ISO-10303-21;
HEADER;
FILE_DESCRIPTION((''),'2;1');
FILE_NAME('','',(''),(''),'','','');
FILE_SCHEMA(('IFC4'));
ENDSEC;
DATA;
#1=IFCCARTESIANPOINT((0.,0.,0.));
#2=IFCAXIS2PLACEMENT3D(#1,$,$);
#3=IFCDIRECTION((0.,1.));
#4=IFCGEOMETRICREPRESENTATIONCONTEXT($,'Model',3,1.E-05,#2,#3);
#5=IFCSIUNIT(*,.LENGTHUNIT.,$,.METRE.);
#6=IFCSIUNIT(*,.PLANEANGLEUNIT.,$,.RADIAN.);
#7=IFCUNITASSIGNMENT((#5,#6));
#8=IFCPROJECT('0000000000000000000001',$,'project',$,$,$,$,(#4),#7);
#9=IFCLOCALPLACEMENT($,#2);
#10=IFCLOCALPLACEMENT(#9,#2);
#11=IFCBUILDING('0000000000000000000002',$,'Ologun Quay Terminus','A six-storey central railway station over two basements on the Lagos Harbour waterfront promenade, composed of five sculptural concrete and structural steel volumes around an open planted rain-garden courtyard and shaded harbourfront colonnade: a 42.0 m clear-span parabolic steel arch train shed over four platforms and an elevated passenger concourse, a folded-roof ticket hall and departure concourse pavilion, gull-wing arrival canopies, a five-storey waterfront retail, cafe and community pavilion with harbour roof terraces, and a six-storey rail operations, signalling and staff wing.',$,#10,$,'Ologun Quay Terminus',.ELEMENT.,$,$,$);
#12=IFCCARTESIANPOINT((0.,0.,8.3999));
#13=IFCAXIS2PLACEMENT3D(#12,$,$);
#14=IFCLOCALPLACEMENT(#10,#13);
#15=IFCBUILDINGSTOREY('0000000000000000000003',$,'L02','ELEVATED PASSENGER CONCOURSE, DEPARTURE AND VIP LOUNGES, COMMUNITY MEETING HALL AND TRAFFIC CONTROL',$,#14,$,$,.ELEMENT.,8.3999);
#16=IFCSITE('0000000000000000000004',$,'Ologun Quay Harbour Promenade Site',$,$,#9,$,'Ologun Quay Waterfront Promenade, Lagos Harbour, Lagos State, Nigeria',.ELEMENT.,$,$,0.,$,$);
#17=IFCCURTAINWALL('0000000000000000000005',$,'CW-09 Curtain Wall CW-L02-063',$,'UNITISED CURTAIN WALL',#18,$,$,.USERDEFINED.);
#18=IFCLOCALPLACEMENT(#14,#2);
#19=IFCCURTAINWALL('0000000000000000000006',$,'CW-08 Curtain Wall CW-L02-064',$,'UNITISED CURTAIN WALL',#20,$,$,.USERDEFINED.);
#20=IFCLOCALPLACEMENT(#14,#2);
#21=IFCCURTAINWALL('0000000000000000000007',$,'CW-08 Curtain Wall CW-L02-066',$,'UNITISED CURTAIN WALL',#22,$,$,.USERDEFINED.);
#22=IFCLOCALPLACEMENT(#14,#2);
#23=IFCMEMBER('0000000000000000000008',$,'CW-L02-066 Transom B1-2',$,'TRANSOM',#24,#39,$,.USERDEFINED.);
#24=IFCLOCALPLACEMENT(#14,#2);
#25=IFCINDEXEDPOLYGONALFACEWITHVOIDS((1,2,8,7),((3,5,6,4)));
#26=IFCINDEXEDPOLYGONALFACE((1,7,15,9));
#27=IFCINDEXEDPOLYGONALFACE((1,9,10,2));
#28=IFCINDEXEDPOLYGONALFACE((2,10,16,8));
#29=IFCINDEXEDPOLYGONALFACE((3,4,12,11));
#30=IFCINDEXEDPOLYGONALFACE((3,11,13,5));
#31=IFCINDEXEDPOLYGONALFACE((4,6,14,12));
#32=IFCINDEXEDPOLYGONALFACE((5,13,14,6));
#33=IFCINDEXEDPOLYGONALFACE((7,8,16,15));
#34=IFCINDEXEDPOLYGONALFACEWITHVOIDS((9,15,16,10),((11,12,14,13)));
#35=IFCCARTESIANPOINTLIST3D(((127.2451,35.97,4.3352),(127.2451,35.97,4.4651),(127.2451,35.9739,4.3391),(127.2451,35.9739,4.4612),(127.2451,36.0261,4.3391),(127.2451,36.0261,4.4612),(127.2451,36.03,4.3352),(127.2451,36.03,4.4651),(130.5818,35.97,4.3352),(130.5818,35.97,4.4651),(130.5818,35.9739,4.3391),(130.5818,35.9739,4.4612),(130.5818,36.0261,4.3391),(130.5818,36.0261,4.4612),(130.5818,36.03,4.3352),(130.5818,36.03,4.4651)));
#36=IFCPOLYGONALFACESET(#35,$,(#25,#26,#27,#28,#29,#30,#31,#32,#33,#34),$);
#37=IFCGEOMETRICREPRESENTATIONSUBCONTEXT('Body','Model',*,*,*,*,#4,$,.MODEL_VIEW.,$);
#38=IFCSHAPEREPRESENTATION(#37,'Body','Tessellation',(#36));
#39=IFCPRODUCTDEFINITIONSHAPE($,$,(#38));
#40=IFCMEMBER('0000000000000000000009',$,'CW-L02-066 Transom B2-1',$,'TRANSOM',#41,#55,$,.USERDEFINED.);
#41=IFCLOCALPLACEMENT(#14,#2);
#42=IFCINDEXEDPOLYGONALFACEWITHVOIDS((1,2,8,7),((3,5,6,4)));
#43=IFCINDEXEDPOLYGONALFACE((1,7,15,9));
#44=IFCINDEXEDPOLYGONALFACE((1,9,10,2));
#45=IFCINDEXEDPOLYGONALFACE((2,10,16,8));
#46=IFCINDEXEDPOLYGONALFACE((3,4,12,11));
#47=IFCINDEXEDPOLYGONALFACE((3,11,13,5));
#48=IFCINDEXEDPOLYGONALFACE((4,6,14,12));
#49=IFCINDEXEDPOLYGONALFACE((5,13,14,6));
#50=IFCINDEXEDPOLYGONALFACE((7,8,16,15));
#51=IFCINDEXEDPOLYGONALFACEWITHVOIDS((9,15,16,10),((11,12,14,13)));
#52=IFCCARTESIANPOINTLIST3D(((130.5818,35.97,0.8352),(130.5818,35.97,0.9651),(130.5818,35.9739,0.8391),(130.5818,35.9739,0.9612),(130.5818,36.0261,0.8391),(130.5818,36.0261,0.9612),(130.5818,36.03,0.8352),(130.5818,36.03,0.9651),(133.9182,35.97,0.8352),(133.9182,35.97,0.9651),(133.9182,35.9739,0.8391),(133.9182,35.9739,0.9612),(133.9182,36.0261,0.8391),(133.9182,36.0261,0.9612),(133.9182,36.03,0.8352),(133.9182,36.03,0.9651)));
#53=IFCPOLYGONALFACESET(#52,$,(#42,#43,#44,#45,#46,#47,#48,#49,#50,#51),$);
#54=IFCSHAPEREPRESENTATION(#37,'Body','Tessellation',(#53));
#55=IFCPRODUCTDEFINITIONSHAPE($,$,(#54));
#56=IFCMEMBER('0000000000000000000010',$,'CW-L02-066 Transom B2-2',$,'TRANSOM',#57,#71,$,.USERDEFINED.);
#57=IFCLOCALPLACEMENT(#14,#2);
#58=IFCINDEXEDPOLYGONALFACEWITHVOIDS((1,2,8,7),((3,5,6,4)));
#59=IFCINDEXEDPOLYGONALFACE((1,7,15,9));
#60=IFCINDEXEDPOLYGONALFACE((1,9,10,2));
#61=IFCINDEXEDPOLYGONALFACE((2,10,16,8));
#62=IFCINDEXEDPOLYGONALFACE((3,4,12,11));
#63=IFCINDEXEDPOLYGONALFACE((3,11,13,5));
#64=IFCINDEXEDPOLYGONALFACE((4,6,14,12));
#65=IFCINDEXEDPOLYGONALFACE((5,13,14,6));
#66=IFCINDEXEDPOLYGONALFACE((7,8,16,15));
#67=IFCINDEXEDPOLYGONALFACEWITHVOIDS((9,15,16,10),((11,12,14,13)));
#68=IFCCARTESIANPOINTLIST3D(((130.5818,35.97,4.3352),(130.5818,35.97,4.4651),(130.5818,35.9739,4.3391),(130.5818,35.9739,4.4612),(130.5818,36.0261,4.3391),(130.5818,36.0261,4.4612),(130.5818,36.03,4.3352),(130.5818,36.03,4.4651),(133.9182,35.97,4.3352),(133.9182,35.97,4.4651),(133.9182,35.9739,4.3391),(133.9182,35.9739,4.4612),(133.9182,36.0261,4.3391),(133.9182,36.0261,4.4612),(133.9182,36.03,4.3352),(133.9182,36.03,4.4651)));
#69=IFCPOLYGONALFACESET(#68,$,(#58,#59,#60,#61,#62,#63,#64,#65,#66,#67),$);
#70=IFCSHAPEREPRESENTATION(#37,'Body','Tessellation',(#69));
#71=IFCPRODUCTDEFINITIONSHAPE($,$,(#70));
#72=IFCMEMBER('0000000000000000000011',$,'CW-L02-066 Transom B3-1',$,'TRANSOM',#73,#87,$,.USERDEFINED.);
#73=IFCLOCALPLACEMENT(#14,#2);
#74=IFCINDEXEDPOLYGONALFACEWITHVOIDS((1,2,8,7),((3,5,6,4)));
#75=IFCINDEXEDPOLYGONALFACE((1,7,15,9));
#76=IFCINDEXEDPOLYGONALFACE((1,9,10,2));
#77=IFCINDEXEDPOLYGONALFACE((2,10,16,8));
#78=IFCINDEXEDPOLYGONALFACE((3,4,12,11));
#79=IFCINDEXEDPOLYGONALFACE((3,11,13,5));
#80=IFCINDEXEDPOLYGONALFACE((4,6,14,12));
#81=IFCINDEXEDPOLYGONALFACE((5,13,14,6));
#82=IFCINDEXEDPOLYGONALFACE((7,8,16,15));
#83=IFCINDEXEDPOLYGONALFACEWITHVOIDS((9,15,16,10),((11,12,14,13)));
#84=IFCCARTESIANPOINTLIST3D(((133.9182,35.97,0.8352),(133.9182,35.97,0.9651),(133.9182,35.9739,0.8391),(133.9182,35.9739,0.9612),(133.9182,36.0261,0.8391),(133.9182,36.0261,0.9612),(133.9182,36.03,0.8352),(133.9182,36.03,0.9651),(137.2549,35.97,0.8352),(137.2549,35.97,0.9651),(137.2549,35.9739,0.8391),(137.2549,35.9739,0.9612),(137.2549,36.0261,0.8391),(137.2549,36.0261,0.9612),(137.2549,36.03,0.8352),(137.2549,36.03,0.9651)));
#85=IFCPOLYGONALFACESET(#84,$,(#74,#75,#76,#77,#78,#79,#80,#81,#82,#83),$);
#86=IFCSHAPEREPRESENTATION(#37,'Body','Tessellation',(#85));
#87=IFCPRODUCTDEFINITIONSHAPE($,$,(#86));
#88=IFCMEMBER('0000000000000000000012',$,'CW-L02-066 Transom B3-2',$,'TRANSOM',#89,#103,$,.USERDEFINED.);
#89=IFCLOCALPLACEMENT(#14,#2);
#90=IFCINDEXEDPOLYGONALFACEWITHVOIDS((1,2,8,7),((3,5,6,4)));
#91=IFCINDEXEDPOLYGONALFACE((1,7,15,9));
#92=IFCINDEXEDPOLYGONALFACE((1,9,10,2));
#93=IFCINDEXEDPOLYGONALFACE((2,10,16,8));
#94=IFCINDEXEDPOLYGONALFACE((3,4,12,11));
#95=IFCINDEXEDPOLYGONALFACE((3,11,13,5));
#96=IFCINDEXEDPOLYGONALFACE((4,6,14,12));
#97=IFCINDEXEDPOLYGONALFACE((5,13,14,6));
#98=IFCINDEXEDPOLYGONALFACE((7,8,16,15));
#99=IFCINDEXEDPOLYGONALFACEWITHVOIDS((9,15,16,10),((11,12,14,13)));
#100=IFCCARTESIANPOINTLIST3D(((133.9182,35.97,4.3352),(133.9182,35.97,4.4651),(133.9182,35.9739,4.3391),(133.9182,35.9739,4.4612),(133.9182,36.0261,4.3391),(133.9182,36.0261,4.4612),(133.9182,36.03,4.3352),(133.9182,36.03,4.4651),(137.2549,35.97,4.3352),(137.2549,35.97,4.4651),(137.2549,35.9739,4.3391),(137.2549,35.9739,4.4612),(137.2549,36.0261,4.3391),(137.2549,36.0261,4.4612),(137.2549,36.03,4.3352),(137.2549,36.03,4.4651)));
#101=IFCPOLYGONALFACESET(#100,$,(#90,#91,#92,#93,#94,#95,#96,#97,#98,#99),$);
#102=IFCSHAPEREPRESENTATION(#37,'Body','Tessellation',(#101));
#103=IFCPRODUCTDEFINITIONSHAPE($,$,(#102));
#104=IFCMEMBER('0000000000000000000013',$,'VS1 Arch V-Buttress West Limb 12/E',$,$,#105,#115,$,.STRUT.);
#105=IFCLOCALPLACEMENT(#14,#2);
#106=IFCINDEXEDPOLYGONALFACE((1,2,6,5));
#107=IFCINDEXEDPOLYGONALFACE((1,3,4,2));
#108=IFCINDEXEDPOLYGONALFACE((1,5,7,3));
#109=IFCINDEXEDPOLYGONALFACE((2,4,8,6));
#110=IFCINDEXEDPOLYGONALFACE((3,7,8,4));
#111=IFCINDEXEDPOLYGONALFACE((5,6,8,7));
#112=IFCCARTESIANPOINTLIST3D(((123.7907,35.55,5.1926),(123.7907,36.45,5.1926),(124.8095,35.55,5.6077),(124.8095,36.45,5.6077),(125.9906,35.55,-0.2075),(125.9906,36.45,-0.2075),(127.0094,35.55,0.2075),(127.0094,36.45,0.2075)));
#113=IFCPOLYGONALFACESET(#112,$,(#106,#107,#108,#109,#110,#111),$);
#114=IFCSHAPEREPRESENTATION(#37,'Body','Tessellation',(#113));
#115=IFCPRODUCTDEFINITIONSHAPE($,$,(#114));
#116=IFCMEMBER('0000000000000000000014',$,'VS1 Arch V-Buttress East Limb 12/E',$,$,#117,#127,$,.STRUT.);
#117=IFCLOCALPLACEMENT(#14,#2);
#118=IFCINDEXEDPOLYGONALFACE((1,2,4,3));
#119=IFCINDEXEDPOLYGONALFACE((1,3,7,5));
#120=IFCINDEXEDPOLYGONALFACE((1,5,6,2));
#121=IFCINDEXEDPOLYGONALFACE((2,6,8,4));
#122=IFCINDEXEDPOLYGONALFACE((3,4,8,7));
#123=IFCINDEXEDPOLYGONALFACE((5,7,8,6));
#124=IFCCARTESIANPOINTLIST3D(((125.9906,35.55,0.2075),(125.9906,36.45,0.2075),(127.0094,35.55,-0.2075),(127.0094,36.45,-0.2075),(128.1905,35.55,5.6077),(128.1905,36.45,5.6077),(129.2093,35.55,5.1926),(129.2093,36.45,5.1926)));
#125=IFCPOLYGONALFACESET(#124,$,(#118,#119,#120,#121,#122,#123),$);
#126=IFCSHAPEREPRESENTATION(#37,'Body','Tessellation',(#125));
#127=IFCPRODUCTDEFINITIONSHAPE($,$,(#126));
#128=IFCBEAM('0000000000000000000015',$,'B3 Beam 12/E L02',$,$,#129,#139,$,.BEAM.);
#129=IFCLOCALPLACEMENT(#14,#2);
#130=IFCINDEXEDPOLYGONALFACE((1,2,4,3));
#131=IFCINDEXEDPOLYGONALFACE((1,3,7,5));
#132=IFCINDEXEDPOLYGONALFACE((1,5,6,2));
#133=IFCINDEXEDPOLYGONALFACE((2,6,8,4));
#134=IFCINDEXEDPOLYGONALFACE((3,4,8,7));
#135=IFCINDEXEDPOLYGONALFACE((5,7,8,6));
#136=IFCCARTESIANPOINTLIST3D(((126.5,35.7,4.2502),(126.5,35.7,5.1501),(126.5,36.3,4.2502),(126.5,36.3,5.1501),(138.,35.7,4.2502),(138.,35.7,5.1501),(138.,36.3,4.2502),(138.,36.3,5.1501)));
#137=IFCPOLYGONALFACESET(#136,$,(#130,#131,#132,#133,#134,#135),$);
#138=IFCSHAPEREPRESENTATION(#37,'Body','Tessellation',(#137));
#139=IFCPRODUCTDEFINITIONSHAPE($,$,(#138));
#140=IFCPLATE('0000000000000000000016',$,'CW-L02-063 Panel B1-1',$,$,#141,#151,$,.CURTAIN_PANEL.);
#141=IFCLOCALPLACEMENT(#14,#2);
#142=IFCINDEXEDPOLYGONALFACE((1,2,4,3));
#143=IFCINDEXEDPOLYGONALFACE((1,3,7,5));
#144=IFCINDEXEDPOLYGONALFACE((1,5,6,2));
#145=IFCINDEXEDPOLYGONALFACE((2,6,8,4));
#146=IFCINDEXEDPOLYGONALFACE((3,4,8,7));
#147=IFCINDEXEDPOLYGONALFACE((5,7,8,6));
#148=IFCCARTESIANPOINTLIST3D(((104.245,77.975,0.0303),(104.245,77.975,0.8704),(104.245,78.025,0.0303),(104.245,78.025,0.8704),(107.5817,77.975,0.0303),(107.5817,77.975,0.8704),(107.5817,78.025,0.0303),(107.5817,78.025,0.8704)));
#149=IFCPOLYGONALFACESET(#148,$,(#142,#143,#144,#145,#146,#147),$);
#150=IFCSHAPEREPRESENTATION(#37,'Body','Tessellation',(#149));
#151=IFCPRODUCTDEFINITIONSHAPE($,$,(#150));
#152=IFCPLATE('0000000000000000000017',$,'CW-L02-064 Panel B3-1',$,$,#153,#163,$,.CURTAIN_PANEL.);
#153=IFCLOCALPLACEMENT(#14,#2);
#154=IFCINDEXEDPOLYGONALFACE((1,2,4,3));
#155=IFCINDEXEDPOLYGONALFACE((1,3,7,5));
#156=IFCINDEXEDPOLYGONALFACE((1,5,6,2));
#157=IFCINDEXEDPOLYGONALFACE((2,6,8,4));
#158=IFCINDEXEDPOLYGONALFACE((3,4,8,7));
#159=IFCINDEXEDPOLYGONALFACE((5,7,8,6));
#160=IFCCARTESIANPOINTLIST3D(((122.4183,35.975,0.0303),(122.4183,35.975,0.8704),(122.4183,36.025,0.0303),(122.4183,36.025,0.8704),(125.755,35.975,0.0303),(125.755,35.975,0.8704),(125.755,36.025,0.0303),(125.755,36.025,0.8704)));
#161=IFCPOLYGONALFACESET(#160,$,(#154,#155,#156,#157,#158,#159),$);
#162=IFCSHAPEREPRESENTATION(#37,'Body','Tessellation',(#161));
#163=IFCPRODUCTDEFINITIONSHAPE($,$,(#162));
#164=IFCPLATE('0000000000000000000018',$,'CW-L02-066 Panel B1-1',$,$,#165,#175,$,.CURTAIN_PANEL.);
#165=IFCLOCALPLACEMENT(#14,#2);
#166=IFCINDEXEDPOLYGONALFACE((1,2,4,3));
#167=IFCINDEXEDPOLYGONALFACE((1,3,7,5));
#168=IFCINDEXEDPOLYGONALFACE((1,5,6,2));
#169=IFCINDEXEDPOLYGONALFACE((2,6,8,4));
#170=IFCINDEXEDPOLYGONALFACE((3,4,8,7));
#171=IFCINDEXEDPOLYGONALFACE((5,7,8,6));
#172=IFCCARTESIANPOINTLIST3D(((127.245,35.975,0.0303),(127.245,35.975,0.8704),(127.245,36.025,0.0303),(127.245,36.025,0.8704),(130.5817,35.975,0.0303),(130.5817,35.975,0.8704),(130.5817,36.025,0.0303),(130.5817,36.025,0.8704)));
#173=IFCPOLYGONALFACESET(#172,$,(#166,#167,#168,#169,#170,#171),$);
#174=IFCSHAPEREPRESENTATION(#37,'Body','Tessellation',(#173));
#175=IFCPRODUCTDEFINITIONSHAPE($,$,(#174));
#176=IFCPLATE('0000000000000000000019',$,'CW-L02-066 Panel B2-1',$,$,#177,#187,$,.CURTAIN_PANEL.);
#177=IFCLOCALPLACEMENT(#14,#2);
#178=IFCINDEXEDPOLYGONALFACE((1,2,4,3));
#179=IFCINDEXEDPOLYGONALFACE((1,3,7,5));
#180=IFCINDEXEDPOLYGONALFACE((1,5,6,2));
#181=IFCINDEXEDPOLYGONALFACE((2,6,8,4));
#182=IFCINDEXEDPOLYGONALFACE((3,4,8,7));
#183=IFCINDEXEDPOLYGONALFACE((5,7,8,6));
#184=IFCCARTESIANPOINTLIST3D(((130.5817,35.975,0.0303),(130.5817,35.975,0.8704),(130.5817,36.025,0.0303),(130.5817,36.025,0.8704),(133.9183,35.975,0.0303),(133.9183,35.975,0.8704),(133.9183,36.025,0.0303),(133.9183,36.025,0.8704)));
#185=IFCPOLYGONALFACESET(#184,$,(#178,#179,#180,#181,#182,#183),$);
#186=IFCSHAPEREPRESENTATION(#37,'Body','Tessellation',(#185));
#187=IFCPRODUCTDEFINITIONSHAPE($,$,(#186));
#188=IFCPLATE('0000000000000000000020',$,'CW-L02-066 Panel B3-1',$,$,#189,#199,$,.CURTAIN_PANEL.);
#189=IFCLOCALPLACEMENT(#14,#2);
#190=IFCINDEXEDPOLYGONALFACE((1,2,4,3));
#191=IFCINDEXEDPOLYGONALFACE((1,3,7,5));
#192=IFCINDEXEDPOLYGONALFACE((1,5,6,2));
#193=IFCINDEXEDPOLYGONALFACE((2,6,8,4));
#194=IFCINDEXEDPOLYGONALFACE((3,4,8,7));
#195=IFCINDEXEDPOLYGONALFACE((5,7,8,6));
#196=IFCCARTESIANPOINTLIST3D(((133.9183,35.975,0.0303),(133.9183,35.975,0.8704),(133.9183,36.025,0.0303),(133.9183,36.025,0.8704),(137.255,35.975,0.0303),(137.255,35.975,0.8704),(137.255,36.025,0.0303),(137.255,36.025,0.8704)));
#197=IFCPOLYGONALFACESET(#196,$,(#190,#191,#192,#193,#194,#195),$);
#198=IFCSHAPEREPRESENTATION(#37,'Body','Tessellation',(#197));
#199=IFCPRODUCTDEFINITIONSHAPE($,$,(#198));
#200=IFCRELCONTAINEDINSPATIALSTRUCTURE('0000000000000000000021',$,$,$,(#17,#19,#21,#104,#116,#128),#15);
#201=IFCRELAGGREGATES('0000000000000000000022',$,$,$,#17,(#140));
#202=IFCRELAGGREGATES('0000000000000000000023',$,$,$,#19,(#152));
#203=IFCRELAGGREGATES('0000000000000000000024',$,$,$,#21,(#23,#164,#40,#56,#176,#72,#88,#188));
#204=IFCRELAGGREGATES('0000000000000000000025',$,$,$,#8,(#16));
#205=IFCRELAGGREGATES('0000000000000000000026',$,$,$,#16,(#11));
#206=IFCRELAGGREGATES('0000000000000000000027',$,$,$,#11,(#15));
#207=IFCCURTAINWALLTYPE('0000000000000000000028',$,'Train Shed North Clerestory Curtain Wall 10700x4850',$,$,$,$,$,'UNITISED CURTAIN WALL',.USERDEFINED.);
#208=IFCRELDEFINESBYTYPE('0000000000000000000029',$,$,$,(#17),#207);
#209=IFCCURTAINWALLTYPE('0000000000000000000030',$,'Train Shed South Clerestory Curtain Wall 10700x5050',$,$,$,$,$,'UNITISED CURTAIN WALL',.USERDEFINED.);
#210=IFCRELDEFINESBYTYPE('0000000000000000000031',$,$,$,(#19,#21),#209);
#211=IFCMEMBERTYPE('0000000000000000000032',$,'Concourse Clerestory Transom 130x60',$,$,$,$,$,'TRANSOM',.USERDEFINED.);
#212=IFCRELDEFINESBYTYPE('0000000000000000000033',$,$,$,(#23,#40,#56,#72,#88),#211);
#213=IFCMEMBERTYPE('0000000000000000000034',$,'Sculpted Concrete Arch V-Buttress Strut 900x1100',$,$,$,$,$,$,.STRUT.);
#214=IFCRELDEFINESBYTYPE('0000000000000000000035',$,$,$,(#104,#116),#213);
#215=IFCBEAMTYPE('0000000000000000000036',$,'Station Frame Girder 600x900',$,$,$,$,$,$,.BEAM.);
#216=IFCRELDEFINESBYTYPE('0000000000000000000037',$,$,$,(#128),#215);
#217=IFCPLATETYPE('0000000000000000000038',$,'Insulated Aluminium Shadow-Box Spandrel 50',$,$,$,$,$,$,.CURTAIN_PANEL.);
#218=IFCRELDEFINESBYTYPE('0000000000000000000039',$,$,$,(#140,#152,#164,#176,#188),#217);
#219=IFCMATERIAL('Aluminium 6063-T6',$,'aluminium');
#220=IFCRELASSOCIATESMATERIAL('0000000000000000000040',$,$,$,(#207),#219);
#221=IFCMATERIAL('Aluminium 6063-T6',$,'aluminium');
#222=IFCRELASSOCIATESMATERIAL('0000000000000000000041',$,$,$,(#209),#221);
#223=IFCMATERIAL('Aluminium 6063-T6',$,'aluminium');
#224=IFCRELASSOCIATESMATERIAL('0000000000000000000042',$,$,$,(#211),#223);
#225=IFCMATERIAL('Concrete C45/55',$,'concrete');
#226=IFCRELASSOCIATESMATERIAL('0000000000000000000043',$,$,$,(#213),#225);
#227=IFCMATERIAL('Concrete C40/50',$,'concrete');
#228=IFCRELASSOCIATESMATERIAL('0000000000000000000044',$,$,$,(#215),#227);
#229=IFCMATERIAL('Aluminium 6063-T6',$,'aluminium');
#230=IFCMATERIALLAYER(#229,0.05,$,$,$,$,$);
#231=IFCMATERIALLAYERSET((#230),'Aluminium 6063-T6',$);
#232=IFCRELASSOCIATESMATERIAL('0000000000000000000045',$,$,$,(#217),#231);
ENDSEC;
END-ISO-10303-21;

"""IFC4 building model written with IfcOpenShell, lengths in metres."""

from ifc_helpers import new_model, si_unit, direction, frame, origin, origin_2d, place, context, subcontext, project, spatial, rectangle, hollow_rectangle, extrude, material, layer, layer_set, material_profile, profile_set, type_object, element, aggregate, save


model = new_model("IFC4")

# Units and contexts
model_context = context("Model", 3, precision=1e-05, world=origin(), true_north=direction((0.0, 1.0)))
body_context = subcontext(model_context, "Body", "Model", "MODEL_VIEW")
ifc_project = project(units=[si_unit("LENGTHUNIT", "METRE"), si_unit("PLANEANGLEUNIT", "RADIAN")], contexts=[model_context])

# Site, building, storey
site_placement = place(None, origin())
site = spatial("IfcSite", under=ifc_project, at=site_placement, Name="Ologun Quay Harbour Promenade Site", LongName="Ologun Quay Waterfront Promenade, Lagos Harbour, Lagos State, Nigeria", CompositionType="ELEMENT", RefElevation=0.0)
building_placement = place(site_placement, origin())
building = spatial("IfcBuilding", under=site, at=building_placement, Name="Ologun Quay Terminus", Description="A six-storey central railway station over two basements on the Lagos Harbour waterfront promenade, composed of five sculptural concrete and structural steel volumes around an open planted rain-garden courtyard and shaded harbourfront colonnade: a 42.0 m clear-span parabolic steel arch train shed over four platforms and an elevated passenger concourse, a folded-roof ticket hall and departure concourse pavilion, gull-wing arrival canopies, a five-storey waterfront retail, cafe and community pavilion with harbour roof terraces, and a six-storey rail operations, signalling and staff wing.", LongName="Ologun Quay Terminus", CompositionType="ELEMENT")
storey_placement = place(building_placement, frame((0.0, 0.0, 8.3999)))
storey = spatial("IfcBuildingStorey", under=building, at=storey_placement, Name="L02", Description="ELEVATED PASSENGER CONCOURSE, DEPARTURE AND VIP LOUNGES, COMMUNITY MEETING HALL AND TRAFFIC CONTROL", CompositionType="ELEMENT", Elevation=8.3999)

# Curtain wall
ifc_material_1 = material(Name="Aluminium 6063-T6", Category="aluminium")
curtain_wall_type_1 = type_object("IfcCurtainWallType", Name="Train Shed North Clerestory Curtain Wall 10700x4850", ElementType="UNITISED CURTAIN WALL", PredefinedType="USERDEFINED", material=ifc_material_1)
curtain_wall_1_placement = place(storey_placement, origin())
curtain_wall_1 = element("IfcCurtainWall", 1, at=curtain_wall_1_placement, inside=storey, type_object=curtain_wall_type_1, Name="CW-09 Curtain Wall CW-L02-063", ObjectType="UNITISED CURTAIN WALL", PredefinedType="USERDEFINED")

# Curtain walls
ifc_material_2 = material(Name="Aluminium 6063-T6", Category="aluminium")
curtain_wall_type_2 = type_object("IfcCurtainWallType", Name="Train Shed South Clerestory Curtain Wall 10700x5050", ElementType="UNITISED CURTAIN WALL", PredefinedType="USERDEFINED", material=ifc_material_2)
curtain_wall_2_placement = place(storey_placement, origin())
curtain_wall_2 = element("IfcCurtainWall", 2, at=curtain_wall_2_placement, inside=storey, type_object=curtain_wall_type_2, Name="CW-08 Curtain Wall CW-L02-064", ObjectType="UNITISED CURTAIN WALL", PredefinedType="USERDEFINED")
curtain_wall_3_placement = place(storey_placement, origin())
curtain_wall_3 = element("IfcCurtainWall", 3, at=curtain_wall_3_placement, inside=storey, type_object=curtain_wall_type_2, Name="CW-08 Curtain Wall CW-L02-066", ObjectType="UNITISED CURTAIN WALL", PredefinedType="USERDEFINED")

# Members
ifc_material_3 = material(Name="Aluminium 6063-T6", Category="aluminium")
ifc_material_profile_1 = material_profile(ifc_material_3, hollow_rectangle(XDim=0.0601, YDim=0.1299, WallThickness=0.0039, at=origin_2d()), Name="ALU 130x60x4")
ifc_profile_set_1 = profile_set([ifc_material_profile_1], Name="Aluminium 6063-T6")
member_type_1 = type_object("IfcMemberType", Name="Concourse Clerestory Transom 130x60", ElementType="TRANSOM", PredefinedType="USERDEFINED", material=ifc_profile_set_1)
member_1_placement = place(storey_placement, frame((127.2451, 36.0, 4.4001), z_axis=(1.0, 0.0, 0.0), x_axis=(0.0, 1.0, 0.0)))
member_1 = element("IfcMember", 4, at=member_1_placement, type_object=member_type_1, Name="CW-L02-066 Transom B1-2", ObjectType="TRANSOM", PredefinedType="USERDEFINED", context=body_context, shape_type="SweptSolid", body=[
    extrude(hollow_rectangle(XDim=0.0601, YDim=0.1299, WallThickness=0.0039, at=origin_2d()), origin(), (0.0, 0.0, 1.0), 3.3367),
])
member_2_placement = place(storey_placement, frame((130.5818, 36.0, 0.9001), z_axis=(1.0, 0.0, 0.0), x_axis=(0.0, 1.0, 0.0)))
member_2 = element("IfcMember", 5, at=member_2_placement, type_object=member_type_1, Name="CW-L02-066 Transom B2-1", ObjectType="TRANSOM", PredefinedType="USERDEFINED", context=body_context, shape_type="SweptSolid", body=[
    extrude(hollow_rectangle(XDim=0.0601, YDim=0.1299, WallThickness=0.0039, at=origin_2d()), origin(), (0.0, 0.0, 1.0), 3.3364),
])
member_3_placement = place(storey_placement, frame((130.5818, 36.0, 4.4001), z_axis=(1.0, 0.0, 0.0), x_axis=(0.0, 1.0, 0.0)))
member_3 = element("IfcMember", 6, at=member_3_placement, type_object=member_type_1, Name="CW-L02-066 Transom B2-2", ObjectType="TRANSOM", PredefinedType="USERDEFINED", context=body_context, shape_type="SweptSolid", body=[
    extrude(hollow_rectangle(XDim=0.0601, YDim=0.1299, WallThickness=0.0039, at=origin_2d()), origin(), (0.0, 0.0, 1.0), 3.3364),
])
member_4_placement = place(storey_placement, frame((133.9182, 36.0, 0.9001), z_axis=(1.0, 0.0, 0.0), x_axis=(0.0, 1.0, 0.0)))
member_4 = element("IfcMember", 7, at=member_4_placement, type_object=member_type_1, Name="CW-L02-066 Transom B3-1", ObjectType="TRANSOM", PredefinedType="USERDEFINED", context=body_context, shape_type="SweptSolid", body=[
    extrude(hollow_rectangle(XDim=0.0601, YDim=0.1299, WallThickness=0.0039, at=origin_2d()), origin(), (0.0, 0.0, 1.0), 3.3367),
])
member_5_placement = place(storey_placement, frame((133.9182, 36.0, 4.4001), z_axis=(1.0, 0.0, 0.0), x_axis=(0.0, 1.0, 0.0)))
member_5 = element("IfcMember", 8, at=member_5_placement, type_object=member_type_1, Name="CW-L02-066 Transom B3-2", ObjectType="TRANSOM", PredefinedType="USERDEFINED", context=body_context, shape_type="SweptSolid", body=[
    extrude(hollow_rectangle(XDim=0.0601, YDim=0.1299, WallThickness=0.0039, at=origin_2d()), origin(), (0.0, 0.0, 1.0), 3.3367),
])

# Members
ifc_material_4 = material(Name="Concrete C45/55", Category="concrete")
ifc_material_profile_2 = material_profile(ifc_material_4, rectangle(XDim=0.8999, YDim=1.1001, at=origin_2d()), Name="RC 900x1100")
ifc_profile_set_2 = profile_set([ifc_material_profile_2], Name="Concrete C45/55")
member_type_2 = type_object("IfcMemberType", Name="Sculpted Concrete Arch V-Buttress Strut 900x1100", PredefinedType="STRUT", material=ifc_profile_set_2)
for number, where, z_axis, x_axis, name in (
    (9, (126.5, 36.0, 0.0), (-0.377281, 0.0, 0.926099), (0.0, -1.0, 0.0), "VS1 Arch V-Buttress West Limb 12/E"),
    (10, (126.5, 36.0, 0.0), (0.377281, 0.0, 0.926099), (0.0, 1.0, 0.0), "VS1 Arch V-Buttress East Limb 12/E"),
):
    element("IfcMember", number, at=place(storey_placement, frame(where, z_axis=z_axis, x_axis=x_axis)), inside=storey, type_object=member_type_2, Name=name, PredefinedType="STRUT", context=body_context, shape_type="SweptSolid", body=[
        extrude(rectangle(XDim=0.8999, YDim=1.1001, at=origin_2d()), origin(), (0.0, 0.0, 1.0), 5.8311),
    ])

# Beam
ifc_material_5 = material(Name="Concrete C40/50", Category="concrete")
ifc_material_profile_3 = material_profile(ifc_material_5, rectangle(XDim=0.6001, YDim=0.8999, at=origin_2d()), Name="RC 600x900")
ifc_profile_set_3 = profile_set([ifc_material_profile_3], Name="Concrete C40/50")
beam_type = type_object("IfcBeamType", Name="Station Frame Girder 600x900", PredefinedType="BEAM", material=ifc_profile_set_3)
beam_placement = place(storey_placement, frame((126.5, 36.0, 4.7002), z_axis=(1.0, 0.0, 0.0), x_axis=(0.0, 1.0, 0.0)))
element("IfcBeam", 11, at=beam_placement, inside=storey, type_object=beam_type, Name="B3 Beam 12/E L02", PredefinedType="BEAM", context=body_context, shape_type="SweptSolid", body=[
    extrude(rectangle(XDim=0.6001, YDim=0.8999, at=origin_2d()), origin(), (0.0, 0.0, 1.0), 11.5),
])

# Plates
ifc_material_6 = material(Name="Aluminium 6063-T6", Category="aluminium")
ifc_layer_1 = layer(ifc_material_6, 0.05)
ifc_layer_set_1 = layer_set([ifc_layer_1], Name="Aluminium 6063-T6")
plate_type_1 = type_object("IfcPlateType", Name="Insulated Aluminium Shadow-Box Spandrel 50", PredefinedType="CURTAIN_PANEL", material=ifc_layer_set_1)
plate_1_placement = place(storey_placement, frame((105.9133, 78.0, 0.0303), z_axis=(0.0, 0.0, 1.0), x_axis=(1.0, 0.0, 0.0)))
plate_1 = element("IfcPlate", 12, at=plate_1_placement, type_object=plate_type_1, Name="CW-L02-063 Panel B1-1", PredefinedType="CURTAIN_PANEL", context=body_context, shape_type="SweptSolid", body=[
    extrude(rectangle(XDim=3.3367, YDim=0.05, at=origin_2d()), origin(), (0.0, 0.0, 1.0), 0.8401),
])
plate_2_placement = place(storey_placement, frame((124.0867, 36.0, 0.0303), z_axis=(0.0, 0.0, 1.0), x_axis=(1.0, 0.0, 0.0)))
plate_2 = element("IfcPlate", 13, at=plate_2_placement, type_object=plate_type_1, Name="CW-L02-064 Panel B3-1", PredefinedType="CURTAIN_PANEL", context=body_context, shape_type="SweptSolid", body=[
    extrude(rectangle(XDim=3.3367, YDim=0.05, at=origin_2d()), origin(), (0.0, 0.0, 1.0), 0.8401),
])
plate_3_placement = place(storey_placement, frame((128.9133, 36.0, 0.0303), z_axis=(0.0, 0.0, 1.0), x_axis=(1.0, 0.0, 0.0)))
plate_3 = element("IfcPlate", 14, at=plate_3_placement, type_object=plate_type_1, Name="CW-L02-066 Panel B1-1", PredefinedType="CURTAIN_PANEL", context=body_context, shape_type="SweptSolid", body=[
    extrude(rectangle(XDim=3.3367, YDim=0.05, at=origin_2d()), origin(), (0.0, 0.0, 1.0), 0.8401),
])
plate_4_placement = place(storey_placement, frame((132.25, 36.0, 0.0303), z_axis=(0.0, 0.0, 1.0), x_axis=(1.0, 0.0, 0.0)))
plate_4 = element("IfcPlate", 15, at=plate_4_placement, type_object=plate_type_1, Name="CW-L02-066 Panel B2-1", PredefinedType="CURTAIN_PANEL", context=body_context, shape_type="SweptSolid", body=[
    extrude(rectangle(XDim=3.3367, YDim=0.05, at=origin_2d()), origin(), (0.0, 0.0, 1.0), 0.8401),
])
plate_5_placement = place(storey_placement, frame((135.5867, 36.0, 0.0303), z_axis=(0.0, 0.0, 1.0), x_axis=(1.0, 0.0, 0.0)))
plate_5 = element("IfcPlate", 16, at=plate_5_placement, type_object=plate_type_1, Name="CW-L02-066 Panel B3-1", PredefinedType="CURTAIN_PANEL", context=body_context, shape_type="SweptSolid", body=[
    extrude(rectangle(XDim=3.3367, YDim=0.05, at=origin_2d()), origin(), (0.0, 0.0, 1.0), 0.8401),
])
aggregate(curtain_wall_1, [plate_1])
aggregate(curtain_wall_2, [plate_2])
aggregate(curtain_wall_3, [member_1, plate_3, member_2, member_3, plate_4, member_4, member_5, plate_5])

save(model, "model.ifc")
